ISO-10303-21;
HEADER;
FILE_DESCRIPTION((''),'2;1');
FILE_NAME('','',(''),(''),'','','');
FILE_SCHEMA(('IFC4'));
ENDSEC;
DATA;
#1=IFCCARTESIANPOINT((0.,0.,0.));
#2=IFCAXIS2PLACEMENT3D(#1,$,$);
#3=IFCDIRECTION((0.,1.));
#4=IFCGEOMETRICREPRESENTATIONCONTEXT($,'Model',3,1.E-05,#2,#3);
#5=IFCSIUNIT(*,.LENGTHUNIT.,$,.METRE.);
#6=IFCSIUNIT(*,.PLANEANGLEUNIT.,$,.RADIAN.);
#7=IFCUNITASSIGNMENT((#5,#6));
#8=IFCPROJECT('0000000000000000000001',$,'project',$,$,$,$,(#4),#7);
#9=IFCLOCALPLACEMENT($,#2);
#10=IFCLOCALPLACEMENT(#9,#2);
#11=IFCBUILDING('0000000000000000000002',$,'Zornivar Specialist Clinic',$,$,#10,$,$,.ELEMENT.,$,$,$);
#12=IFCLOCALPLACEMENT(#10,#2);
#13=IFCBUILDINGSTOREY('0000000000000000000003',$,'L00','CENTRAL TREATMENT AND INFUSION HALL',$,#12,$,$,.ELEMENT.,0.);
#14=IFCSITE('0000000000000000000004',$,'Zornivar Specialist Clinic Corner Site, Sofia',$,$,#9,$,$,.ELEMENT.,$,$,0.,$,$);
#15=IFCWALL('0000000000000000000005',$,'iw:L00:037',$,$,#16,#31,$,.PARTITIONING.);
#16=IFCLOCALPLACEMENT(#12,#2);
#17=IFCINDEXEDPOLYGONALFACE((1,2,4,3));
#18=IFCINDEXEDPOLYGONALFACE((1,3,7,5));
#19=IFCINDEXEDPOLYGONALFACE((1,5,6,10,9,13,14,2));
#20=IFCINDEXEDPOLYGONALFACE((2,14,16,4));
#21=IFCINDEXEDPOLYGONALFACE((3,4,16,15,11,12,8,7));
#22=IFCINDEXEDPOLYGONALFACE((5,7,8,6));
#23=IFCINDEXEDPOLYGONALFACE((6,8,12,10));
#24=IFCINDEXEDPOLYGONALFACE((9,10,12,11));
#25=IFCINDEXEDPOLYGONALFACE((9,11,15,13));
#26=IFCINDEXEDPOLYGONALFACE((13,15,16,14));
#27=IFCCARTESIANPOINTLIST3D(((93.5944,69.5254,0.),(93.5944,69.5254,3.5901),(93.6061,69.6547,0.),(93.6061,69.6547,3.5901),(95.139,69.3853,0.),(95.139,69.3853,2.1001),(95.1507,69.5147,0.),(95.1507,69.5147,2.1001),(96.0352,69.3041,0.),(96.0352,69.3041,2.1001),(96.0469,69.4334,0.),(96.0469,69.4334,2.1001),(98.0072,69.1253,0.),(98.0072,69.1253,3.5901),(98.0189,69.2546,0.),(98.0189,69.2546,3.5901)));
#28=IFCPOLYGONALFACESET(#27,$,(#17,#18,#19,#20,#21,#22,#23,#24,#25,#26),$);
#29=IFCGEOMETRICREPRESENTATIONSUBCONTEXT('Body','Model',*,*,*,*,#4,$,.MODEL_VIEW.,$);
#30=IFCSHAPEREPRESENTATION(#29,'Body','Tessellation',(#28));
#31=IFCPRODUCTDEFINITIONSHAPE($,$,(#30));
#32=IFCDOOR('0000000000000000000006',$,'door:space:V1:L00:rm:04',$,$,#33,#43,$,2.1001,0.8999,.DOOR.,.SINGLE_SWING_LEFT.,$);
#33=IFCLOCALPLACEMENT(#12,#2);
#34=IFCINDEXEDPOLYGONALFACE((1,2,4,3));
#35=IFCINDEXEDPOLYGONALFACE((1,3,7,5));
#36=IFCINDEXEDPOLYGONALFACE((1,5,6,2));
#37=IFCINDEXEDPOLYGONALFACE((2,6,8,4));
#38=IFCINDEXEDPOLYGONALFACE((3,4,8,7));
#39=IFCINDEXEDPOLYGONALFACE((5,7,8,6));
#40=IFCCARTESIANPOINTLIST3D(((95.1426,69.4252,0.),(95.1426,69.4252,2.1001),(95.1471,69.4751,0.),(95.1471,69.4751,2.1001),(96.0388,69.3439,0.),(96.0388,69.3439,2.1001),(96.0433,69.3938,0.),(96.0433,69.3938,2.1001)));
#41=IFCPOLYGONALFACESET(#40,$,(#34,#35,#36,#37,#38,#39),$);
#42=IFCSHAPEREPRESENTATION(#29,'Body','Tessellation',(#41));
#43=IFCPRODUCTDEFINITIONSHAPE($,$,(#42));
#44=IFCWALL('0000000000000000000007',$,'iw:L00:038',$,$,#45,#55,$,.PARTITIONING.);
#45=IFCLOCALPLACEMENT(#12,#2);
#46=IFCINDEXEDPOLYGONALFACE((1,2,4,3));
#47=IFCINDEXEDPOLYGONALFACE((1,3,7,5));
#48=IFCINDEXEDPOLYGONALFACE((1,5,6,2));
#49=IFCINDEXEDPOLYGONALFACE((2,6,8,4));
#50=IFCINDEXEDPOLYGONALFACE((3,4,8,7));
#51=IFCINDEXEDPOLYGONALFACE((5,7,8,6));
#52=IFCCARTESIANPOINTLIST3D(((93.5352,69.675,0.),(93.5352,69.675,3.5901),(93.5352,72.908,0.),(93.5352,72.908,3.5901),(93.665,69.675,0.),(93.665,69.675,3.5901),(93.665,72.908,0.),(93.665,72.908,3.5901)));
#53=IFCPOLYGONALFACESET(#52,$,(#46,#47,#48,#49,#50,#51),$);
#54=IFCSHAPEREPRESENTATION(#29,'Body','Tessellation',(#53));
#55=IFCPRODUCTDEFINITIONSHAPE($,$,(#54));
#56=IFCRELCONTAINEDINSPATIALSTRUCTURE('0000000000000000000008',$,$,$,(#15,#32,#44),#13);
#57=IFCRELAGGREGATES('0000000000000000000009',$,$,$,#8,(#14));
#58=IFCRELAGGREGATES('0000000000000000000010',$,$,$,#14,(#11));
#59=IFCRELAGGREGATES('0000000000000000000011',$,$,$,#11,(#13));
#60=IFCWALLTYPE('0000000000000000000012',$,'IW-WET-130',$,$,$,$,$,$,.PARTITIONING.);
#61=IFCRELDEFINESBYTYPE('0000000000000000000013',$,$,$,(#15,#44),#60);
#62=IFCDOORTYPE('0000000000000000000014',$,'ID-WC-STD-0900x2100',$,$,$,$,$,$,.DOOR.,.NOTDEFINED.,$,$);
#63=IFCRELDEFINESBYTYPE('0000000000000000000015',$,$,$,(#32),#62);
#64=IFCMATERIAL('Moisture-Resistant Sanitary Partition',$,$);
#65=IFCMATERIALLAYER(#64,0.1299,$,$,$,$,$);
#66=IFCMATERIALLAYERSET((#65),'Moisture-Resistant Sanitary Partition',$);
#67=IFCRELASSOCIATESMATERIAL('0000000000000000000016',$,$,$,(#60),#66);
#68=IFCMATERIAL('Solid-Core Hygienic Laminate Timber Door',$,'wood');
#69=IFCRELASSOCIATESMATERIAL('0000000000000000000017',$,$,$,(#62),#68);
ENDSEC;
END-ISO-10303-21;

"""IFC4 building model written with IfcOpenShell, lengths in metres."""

from ifc_helpers import new_model, si_unit, direction, frame, frame_2d, origin, place, context, subcontext, project, spatial, rectangle, extrude, material, layer, layer_set, type_object, element, fill, save


model = new_model("IFC4")

# Units and contexts
model_context = context("Model", 3, precision=1e-05, world=origin(), true_north=direction((0.0, 1.0)))
body_context = subcontext(model_context, "Body", "Model", "MODEL_VIEW")
ifc_project = project(units=[si_unit("LENGTHUNIT", "METRE"), si_unit("PLANEANGLEUNIT", "RADIAN")], contexts=[model_context])

# Site, building, storey
site_placement = place(None, origin())
site = spatial("IfcSite", under=ifc_project, at=site_placement, Name="Zornivar Specialist Clinic Corner Site, Sofia", CompositionType="ELEMENT", RefElevation=0.0)
building_placement = place(site_placement, origin())
building = spatial("IfcBuilding", under=site, at=building_placement, Name="Zornivar Specialist Clinic", CompositionType="ELEMENT")
storey_placement = place(building_placement, origin())
storey = spatial("IfcBuildingStorey", under=building, at=storey_placement, Name="L00", Description="CENTRAL TREATMENT AND INFUSION HALL", CompositionType="ELEMENT", Elevation=0.0)

# Shared definitions
ifc_material_1 = material(Name="Moisture-Resistant Sanitary Partition")
ifc_layer_1 = layer(ifc_material_1, 0.1299)
ifc_layer_set_1 = layer_set([ifc_layer_1], Name="Moisture-Resistant Sanitary Partition")
wall_type_1 = type_object("IfcWallType", Name="IW-WET-130", PredefinedType="PARTITIONING", material=ifc_layer_set_1)

# Wall, opening, door
wall_1_placement = place(storey_placement, frame((98.0129, 69.1899, 0.0), z_axis=(0.0, 0.0, 1.0), x_axis=(-0.995914, 0.090307, 0.0)))
wall_1 = element("IfcWall", 1, at=wall_1_placement, inside=storey, type_object=wall_type_1, Name="iw:L00:037", PredefinedType="PARTITIONING", context=body_context, shape_type="SweptSolid", body=[
    extrude(rectangle(XDim=4.4309, YDim=0.1299, at=frame_2d((2.2153, 0.0))), origin(), (0.0, 0.0, 1.0), 3.5901),
])
opening_1_placement = place(wall_1_placement, frame((1.98, 0.0, 0.0)))
opening_1 = element("IfcOpeningElement", 2, at=opening_1_placement, cuts=wall_1, PredefinedType="OPENING", context=body_context, shape_type="SweptSolid", body=[
    extrude(rectangle(XDim=0.8999, YDim=2.1001, at=frame_2d((0.45, 1.05))), frame((0.0, 0.075, 0.0), z_axis=(0.0, -1.0, 0.0), x_axis=(1.0, 0.0, 0.0)), (0.0, 0.0, 1.0), 0.1499),
])
ifc_material_2 = material(Name="Solid-Core Hygienic Laminate Timber Door", Category="wood")
door_type_1 = type_object("IfcDoorType", Name="ID-WC-STD-0900x2100", OperationType="NOTDEFINED", PredefinedType="DOOR", material=ifc_material_2)
door_1_placement = place(opening_1_placement, origin())
door_1 = element("IfcDoor", 3, at=door_1_placement, inside=storey, type_object=door_type_1, Name="door:space:V1:L00:rm:04", OperationType="SINGLE_SWING_LEFT", OverallHeight=2.1001, OverallWidth=0.8999, PredefinedType="DOOR", context=body_context, shape_type="SweptSolid", body=[
    extrude(rectangle(XDim=0.8999, YDim=2.1001, at=frame_2d((0.45, 1.05))), frame((0.0, 0.0249, 0.0), z_axis=(0.0, -1.0, 0.0), x_axis=(1.0, 0.0, 0.0)), (0.0, 0.0, 1.0), 0.05),
])
fill(opening_1, door_1)

# Wall
wall_2_placement = place(storey_placement, frame((93.6001, 69.675, 0.0), z_axis=(0.0, 0.0, 1.0), x_axis=(0.0, 1.0, 0.0)))
element("IfcWall", 4, at=wall_2_placement, inside=storey, type_object=wall_type_1, Name="iw:L00:038", PredefinedType="PARTITIONING", context=body_context, shape_type="SweptSolid", body=[
    extrude(rectangle(XDim=3.2329, YDim=0.1299, at=frame_2d((1.6165, 0.0))), origin(), (0.0, 0.0, 1.0), 3.5901),
])

save(model, "model.ifc")
